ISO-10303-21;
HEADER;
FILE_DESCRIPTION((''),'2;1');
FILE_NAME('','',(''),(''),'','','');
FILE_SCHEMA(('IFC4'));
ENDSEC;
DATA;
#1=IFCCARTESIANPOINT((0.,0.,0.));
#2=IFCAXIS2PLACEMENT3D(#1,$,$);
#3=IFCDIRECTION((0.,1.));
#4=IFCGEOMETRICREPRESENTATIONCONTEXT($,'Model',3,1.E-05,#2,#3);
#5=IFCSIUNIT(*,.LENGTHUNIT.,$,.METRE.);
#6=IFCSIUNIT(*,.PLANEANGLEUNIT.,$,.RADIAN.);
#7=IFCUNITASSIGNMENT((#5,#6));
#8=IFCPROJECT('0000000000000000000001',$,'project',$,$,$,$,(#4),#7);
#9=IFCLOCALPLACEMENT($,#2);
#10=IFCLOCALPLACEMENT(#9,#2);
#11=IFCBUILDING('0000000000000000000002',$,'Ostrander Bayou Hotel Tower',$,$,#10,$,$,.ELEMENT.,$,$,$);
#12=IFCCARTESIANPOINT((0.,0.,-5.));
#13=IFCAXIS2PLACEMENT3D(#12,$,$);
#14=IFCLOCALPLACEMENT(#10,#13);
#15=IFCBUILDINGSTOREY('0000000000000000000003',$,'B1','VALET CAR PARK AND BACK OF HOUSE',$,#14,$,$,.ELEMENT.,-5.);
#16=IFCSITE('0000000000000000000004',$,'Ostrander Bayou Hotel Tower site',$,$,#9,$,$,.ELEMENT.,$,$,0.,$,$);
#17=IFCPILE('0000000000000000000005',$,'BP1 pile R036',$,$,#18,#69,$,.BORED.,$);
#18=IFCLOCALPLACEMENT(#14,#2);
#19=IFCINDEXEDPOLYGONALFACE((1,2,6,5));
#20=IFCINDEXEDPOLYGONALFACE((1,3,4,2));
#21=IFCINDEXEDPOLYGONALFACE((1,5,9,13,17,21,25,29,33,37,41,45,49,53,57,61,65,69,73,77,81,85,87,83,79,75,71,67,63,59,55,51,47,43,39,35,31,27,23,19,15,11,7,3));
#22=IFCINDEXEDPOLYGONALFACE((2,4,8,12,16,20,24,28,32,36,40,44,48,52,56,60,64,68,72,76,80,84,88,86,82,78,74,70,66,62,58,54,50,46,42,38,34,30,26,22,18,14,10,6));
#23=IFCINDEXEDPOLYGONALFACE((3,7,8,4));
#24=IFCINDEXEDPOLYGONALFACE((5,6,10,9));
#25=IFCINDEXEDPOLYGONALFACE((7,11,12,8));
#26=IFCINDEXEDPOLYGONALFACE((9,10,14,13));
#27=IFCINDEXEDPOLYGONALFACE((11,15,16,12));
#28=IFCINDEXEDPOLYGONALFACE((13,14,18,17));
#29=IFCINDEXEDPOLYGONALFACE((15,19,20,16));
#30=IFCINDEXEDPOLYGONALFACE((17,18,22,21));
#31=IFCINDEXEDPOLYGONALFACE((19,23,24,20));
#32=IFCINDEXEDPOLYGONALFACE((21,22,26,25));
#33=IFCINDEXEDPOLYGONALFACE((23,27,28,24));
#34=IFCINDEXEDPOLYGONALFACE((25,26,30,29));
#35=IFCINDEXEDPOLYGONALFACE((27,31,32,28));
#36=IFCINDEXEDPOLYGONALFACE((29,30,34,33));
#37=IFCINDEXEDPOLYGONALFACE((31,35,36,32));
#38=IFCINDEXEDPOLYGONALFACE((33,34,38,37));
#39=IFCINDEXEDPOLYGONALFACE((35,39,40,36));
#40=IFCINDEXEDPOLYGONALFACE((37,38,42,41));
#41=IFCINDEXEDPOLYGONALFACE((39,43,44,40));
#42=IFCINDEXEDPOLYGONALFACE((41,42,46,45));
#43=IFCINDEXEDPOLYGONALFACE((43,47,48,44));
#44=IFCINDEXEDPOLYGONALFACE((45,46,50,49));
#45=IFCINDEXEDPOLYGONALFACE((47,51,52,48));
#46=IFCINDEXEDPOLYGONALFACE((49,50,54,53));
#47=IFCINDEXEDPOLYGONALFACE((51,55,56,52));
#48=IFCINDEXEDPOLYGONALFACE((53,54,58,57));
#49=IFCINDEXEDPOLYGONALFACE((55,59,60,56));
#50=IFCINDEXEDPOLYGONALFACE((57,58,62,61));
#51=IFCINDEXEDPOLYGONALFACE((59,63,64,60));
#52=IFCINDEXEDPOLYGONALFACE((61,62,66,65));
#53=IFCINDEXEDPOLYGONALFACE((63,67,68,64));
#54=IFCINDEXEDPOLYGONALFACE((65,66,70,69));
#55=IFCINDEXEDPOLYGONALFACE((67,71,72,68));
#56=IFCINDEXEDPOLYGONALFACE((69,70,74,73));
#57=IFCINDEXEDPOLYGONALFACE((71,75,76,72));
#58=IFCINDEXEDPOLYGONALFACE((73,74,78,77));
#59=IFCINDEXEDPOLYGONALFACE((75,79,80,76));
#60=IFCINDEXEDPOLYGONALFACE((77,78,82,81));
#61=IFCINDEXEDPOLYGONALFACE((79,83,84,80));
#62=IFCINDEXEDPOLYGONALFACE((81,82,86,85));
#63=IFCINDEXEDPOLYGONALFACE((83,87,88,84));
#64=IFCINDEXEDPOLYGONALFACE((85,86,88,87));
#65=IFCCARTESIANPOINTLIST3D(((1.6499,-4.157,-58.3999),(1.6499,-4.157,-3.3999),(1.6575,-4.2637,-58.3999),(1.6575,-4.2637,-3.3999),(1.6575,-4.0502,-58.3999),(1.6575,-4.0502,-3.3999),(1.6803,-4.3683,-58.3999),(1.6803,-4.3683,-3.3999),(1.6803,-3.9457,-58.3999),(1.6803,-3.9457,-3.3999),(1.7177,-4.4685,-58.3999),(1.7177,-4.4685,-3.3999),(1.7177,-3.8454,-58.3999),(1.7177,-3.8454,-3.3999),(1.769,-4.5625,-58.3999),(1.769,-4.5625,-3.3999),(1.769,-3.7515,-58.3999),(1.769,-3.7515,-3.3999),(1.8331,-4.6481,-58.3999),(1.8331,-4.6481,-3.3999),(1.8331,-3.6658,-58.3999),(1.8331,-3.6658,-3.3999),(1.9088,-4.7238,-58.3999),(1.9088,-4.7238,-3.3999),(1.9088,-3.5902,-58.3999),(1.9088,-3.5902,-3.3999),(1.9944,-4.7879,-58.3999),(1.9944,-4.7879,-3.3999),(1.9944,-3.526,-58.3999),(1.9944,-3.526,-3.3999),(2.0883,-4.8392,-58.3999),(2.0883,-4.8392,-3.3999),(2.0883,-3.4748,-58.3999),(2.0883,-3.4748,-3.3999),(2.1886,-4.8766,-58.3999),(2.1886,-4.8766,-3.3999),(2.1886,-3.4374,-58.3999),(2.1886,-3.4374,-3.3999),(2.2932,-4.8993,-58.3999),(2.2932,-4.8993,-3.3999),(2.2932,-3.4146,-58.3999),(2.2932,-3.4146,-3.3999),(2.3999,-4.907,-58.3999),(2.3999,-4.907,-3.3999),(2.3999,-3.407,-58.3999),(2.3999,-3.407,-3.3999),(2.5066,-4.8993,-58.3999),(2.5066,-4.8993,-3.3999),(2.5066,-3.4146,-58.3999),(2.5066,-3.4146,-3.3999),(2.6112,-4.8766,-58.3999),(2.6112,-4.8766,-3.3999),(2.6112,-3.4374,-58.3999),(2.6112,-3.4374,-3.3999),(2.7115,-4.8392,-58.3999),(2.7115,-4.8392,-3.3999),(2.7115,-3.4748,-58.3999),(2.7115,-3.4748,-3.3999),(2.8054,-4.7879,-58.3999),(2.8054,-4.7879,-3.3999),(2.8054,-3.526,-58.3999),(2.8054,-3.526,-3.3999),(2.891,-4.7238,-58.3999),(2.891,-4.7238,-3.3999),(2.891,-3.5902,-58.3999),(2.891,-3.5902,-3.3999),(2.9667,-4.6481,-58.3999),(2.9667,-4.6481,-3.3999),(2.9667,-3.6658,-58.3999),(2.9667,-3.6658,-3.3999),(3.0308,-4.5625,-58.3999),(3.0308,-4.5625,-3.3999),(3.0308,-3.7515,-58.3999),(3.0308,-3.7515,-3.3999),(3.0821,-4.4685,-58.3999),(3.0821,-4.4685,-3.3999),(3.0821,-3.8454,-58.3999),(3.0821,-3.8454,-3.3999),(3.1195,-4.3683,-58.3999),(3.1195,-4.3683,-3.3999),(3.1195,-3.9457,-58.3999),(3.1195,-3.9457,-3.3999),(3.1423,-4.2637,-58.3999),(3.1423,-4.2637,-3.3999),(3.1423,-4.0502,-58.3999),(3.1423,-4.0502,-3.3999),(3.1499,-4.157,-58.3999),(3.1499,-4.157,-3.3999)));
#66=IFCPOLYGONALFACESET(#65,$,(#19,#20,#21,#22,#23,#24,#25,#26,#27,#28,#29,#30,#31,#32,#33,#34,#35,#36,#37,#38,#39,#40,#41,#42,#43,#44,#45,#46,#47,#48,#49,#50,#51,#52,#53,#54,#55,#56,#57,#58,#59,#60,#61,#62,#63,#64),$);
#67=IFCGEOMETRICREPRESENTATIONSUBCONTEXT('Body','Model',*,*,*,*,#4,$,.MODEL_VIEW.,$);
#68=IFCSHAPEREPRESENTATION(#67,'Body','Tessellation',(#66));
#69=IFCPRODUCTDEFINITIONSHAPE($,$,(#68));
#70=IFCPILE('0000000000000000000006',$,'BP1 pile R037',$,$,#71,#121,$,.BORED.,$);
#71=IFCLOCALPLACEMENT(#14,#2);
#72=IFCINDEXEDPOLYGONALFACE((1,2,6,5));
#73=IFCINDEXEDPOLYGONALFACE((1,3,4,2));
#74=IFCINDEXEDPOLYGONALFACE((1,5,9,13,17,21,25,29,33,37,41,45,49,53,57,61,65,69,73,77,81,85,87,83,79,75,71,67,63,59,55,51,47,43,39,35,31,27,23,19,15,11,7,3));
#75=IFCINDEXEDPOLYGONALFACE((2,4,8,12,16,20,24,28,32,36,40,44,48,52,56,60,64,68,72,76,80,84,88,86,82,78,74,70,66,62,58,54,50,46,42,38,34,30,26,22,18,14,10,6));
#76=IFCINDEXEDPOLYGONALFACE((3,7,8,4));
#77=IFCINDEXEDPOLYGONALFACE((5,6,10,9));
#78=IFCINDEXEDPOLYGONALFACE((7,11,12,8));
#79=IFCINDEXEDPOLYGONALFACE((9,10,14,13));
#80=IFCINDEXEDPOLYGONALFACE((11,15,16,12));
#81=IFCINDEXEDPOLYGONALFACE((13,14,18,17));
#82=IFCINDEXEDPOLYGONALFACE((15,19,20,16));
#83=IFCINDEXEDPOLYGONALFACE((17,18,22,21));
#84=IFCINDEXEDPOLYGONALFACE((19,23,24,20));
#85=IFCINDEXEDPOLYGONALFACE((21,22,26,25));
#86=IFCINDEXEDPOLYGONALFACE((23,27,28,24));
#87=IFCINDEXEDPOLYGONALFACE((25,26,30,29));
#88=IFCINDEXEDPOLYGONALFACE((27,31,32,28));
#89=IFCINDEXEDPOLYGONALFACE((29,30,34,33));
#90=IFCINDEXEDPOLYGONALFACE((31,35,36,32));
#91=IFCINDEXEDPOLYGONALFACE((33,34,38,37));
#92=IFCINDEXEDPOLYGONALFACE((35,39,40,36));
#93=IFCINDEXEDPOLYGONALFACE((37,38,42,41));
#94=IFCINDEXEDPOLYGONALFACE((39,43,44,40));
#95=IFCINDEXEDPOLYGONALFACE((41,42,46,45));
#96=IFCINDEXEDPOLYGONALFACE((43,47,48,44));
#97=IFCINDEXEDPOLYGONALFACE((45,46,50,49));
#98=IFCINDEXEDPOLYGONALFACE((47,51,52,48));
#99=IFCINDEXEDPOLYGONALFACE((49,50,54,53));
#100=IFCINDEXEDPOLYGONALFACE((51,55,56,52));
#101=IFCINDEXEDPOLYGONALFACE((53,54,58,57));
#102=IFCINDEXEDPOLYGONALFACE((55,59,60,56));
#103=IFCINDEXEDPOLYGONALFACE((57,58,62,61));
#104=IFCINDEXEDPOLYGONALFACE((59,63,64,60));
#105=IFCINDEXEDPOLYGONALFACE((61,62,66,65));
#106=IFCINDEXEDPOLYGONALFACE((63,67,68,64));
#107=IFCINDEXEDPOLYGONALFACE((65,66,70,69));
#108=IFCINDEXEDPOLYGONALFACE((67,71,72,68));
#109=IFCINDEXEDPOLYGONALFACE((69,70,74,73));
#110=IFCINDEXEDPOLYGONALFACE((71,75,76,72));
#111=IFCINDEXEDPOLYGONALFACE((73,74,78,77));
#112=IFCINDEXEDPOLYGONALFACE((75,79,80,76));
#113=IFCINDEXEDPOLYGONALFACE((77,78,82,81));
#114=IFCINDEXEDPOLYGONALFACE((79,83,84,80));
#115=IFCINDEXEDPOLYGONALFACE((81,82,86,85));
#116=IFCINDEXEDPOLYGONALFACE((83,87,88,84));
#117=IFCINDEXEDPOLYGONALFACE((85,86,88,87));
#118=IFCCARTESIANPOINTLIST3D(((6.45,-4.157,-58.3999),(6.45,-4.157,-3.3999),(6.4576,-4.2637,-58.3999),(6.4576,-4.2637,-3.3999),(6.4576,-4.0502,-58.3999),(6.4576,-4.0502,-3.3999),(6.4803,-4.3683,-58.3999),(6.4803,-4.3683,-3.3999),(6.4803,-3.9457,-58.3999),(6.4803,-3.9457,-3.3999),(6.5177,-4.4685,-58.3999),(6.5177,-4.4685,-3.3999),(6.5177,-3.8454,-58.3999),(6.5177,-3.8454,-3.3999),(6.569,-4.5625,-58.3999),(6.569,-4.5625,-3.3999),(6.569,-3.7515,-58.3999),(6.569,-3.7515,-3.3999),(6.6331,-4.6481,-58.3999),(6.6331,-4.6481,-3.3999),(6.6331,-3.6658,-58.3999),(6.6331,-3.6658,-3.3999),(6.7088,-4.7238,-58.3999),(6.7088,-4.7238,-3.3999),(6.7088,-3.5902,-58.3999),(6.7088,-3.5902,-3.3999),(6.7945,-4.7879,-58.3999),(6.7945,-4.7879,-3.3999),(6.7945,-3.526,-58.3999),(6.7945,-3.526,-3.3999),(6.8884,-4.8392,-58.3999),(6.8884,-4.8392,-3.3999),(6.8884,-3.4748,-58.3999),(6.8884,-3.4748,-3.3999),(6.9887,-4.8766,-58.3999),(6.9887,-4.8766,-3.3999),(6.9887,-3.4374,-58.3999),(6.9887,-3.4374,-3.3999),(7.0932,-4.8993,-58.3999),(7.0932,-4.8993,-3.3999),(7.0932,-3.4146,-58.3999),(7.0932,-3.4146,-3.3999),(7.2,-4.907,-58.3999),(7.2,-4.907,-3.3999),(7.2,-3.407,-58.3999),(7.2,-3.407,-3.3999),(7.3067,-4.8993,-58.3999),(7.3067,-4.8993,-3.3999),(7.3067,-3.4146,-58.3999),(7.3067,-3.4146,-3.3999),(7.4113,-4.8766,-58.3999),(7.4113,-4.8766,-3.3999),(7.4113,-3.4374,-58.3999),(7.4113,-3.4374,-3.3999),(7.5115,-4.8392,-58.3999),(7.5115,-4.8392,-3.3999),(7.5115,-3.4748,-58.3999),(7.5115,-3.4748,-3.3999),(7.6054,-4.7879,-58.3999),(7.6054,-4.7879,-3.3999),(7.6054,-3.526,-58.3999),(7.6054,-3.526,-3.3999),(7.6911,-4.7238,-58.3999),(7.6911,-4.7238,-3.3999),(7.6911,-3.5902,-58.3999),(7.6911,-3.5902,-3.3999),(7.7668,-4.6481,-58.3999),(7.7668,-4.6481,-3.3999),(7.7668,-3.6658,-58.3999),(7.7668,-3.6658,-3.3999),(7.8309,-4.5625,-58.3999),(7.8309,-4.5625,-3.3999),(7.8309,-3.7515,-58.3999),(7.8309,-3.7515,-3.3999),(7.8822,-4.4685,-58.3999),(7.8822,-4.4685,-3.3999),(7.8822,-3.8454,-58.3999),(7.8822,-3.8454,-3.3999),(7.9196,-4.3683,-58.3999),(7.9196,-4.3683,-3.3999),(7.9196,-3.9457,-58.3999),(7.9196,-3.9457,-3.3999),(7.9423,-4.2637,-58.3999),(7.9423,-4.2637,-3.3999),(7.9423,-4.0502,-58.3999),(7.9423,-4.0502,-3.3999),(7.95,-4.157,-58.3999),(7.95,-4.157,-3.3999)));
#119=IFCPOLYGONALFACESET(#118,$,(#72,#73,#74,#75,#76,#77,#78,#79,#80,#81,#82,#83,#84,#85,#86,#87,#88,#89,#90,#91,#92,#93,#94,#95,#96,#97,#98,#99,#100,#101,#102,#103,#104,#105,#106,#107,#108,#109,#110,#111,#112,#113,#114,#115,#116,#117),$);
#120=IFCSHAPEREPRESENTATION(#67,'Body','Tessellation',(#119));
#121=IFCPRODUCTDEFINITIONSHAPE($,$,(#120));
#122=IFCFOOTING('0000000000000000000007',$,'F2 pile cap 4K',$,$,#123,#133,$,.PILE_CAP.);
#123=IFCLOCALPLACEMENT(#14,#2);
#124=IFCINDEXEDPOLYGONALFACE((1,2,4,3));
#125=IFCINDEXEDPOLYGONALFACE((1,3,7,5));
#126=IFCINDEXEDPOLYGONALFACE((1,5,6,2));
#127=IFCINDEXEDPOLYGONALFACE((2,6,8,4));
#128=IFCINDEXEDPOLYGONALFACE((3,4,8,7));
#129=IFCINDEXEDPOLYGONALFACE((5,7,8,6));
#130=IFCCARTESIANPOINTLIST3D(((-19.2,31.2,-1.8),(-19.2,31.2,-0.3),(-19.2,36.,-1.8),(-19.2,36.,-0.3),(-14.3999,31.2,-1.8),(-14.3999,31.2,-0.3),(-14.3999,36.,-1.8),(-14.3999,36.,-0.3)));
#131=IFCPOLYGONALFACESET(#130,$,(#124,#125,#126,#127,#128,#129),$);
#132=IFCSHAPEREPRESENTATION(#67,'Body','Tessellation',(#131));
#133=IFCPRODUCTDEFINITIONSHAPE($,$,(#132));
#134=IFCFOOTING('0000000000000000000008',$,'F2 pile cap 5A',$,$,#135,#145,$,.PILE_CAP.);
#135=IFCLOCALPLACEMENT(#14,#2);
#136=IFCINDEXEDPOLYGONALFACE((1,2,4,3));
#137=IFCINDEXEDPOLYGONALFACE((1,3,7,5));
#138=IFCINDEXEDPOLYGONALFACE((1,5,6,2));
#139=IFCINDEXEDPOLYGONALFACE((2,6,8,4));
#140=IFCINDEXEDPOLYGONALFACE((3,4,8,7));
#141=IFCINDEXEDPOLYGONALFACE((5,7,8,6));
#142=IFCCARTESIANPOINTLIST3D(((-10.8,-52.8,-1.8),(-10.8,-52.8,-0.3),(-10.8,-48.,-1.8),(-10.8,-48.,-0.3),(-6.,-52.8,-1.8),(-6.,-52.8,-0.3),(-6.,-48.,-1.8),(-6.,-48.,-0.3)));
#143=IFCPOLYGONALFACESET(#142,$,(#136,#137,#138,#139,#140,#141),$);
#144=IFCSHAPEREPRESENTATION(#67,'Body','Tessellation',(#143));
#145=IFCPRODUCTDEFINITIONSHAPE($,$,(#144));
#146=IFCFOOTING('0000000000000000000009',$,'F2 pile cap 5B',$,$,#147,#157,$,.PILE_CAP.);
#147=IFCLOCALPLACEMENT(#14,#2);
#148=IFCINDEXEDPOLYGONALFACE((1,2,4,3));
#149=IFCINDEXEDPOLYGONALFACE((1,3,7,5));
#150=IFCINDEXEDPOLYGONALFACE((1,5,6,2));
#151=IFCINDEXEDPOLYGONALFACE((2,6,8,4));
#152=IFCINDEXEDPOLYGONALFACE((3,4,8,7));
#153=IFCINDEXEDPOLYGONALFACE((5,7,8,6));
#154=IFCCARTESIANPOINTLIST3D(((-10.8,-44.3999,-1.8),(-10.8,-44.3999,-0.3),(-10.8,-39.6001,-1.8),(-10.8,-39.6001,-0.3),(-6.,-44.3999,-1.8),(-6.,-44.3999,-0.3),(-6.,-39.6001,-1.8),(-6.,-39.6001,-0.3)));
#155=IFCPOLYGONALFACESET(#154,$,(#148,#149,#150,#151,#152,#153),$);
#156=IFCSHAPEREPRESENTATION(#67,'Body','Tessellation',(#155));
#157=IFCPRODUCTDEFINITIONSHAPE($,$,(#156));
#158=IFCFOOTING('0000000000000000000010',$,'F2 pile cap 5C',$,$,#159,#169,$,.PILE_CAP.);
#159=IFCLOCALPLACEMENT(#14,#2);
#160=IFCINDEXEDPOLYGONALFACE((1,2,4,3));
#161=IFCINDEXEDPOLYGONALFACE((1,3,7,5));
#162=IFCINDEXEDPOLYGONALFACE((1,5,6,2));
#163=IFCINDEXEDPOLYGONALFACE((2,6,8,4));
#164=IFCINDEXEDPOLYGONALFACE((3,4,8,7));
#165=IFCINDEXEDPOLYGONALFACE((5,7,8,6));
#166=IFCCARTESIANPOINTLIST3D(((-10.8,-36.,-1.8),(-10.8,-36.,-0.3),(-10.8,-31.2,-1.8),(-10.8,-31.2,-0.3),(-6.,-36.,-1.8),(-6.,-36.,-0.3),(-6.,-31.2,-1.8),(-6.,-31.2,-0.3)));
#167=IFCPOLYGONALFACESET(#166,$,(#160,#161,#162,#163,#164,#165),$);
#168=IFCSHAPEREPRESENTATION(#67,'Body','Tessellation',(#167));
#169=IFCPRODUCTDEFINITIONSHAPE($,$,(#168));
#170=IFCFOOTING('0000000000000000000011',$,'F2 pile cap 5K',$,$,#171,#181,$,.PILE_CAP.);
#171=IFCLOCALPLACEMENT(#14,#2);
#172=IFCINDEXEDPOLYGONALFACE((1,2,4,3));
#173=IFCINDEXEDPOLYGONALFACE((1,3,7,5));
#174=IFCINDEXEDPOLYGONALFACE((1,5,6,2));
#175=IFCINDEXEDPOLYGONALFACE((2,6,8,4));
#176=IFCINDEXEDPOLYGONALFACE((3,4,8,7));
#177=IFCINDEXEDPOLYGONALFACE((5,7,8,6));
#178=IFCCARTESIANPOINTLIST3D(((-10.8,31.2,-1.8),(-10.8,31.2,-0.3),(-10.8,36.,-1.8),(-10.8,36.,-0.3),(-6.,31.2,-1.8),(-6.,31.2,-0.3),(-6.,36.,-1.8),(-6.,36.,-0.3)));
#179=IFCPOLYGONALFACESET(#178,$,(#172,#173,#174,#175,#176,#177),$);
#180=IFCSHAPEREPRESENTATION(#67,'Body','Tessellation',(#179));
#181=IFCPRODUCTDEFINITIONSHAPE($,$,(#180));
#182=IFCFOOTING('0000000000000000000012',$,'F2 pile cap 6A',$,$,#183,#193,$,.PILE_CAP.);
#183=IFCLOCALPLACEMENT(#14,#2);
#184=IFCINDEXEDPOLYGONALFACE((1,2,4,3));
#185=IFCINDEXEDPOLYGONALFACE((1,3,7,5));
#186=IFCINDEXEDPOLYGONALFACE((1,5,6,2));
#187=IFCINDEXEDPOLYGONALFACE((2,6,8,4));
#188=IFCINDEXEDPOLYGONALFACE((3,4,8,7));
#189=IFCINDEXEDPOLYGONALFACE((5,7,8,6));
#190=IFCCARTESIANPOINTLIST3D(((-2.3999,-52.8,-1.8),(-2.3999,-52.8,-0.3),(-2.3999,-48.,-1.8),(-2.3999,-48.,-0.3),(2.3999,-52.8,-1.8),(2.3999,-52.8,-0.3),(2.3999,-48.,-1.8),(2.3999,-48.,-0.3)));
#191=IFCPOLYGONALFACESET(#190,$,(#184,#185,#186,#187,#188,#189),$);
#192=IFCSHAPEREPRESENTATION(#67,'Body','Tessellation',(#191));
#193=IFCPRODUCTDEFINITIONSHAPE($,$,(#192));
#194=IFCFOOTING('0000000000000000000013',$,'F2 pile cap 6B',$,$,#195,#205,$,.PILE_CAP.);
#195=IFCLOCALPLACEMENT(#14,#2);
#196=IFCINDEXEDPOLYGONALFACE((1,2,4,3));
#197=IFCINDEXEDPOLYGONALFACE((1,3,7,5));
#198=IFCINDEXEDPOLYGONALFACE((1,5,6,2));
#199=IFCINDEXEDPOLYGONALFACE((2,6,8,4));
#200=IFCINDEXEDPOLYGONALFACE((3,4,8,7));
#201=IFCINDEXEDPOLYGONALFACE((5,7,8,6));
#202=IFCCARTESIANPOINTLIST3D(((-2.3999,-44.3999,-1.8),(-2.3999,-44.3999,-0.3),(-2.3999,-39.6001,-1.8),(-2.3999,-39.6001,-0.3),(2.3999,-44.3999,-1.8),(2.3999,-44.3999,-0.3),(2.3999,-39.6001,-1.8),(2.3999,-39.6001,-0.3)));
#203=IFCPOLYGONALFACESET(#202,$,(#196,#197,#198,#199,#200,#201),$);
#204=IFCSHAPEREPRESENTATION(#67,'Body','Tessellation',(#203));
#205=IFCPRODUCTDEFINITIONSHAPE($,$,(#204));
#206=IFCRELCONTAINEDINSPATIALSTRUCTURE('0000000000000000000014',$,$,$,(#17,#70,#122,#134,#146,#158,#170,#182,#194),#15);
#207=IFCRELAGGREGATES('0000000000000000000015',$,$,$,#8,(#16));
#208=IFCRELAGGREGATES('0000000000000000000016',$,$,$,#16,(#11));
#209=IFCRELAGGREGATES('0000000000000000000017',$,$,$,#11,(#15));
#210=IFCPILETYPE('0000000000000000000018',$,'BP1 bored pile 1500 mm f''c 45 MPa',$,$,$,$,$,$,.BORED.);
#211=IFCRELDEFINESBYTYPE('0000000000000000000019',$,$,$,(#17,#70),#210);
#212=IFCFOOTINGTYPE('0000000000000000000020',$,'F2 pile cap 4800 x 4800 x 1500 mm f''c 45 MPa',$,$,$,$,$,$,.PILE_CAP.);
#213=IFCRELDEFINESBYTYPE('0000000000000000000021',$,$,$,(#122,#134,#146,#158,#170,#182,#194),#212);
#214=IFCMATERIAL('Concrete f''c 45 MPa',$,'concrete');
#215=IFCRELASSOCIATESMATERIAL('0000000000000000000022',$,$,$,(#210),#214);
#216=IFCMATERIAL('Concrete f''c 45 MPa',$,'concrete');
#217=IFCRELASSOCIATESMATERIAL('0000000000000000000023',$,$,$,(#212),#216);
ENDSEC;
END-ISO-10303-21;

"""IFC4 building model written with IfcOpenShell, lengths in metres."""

from ifc_helpers import new_model, si_unit, direction, frame, origin, origin_2d, place, context, subcontext, project, spatial, polyline, circle, outline, extrude, material, material_profile, profile_set, type_object, element, save


model = new_model("IFC4")

# Units and contexts
model_context = context("Model", 3, precision=1e-05, world=origin(), true_north=direction((0.0, 1.0)))
body_context = subcontext(model_context, "Body", "Model", "MODEL_VIEW")
ifc_project = project(units=[si_unit("LENGTHUNIT", "METRE"), si_unit("PLANEANGLEUNIT", "RADIAN")], contexts=[model_context])

# Site, building, storey
site_placement = place(None, origin())
site = spatial("IfcSite", under=ifc_project, at=site_placement, Name="Ostrander Bayou Hotel Tower site", CompositionType="ELEMENT", RefElevation=0.0)
building_placement = place(site_placement, origin())
building = spatial("IfcBuilding", under=site, at=building_placement, Name="Ostrander Bayou Hotel Tower", CompositionType="ELEMENT")
storey_placement = place(building_placement, frame((0.0, 0.0, -5.0)))
storey = spatial("IfcBuildingStorey", under=building, at=storey_placement, Name="B1", Description="VALET CAR PARK AND BACK OF HOUSE", CompositionType="ELEMENT", Elevation=-5.0)

# Piles
ifc_material_1 = material(Name="Concrete f'c 45 MPa", Category="concrete")
ifc_material_profile = material_profile(ifc_material_1, circle(Radius=0.75, at=origin_2d()))
ifc_profile_set = profile_set([ifc_material_profile], Name="Concrete f'c 45 MPa")
pile_type = type_object("IfcPileType", Name="BP1 bored pile 1500 mm f'c 45 MPa", PredefinedType="BORED", material=ifc_profile_set)
for number, where, z_axis, x_axis, name in (
    (1, (2.3999, -4.157, -3.3999), (0.0, 0.0, -1.0), (1.0, 0.0, 0.0), "BP1 pile R036"),
    (2, (7.2, -4.157, -3.3999), (0.0, 0.0, -1.0), (1.0, 0.0, 0.0), "BP1 pile R037"),
):
    element("IfcPile", number, at=place(storey_placement, frame(where, z_axis=z_axis, x_axis=x_axis)), inside=storey, type_object=pile_type, Name=name, PredefinedType="BORED", context=body_context, shape_type="SweptSolid", body=[
        extrude(circle(Radius=0.75, at=origin_2d()), origin(), (0.0, 0.0, 1.0), 55.0),
    ])

# Footings
ifc_material_2 = material(Name="Concrete f'c 45 MPa", Category="concrete")
footing_type = type_object("IfcFootingType", Name="F2 pile cap 4800 x 4800 x 1500 mm f'c 45 MPa", PredefinedType="PILE_CAP", material=ifc_material_2)
footing_1_placement = place(storey_placement, frame((0.0, 0.0, -1.8)))
element("IfcFooting", 3, at=footing_1_placement, inside=storey, type_object=footing_type, Name="F2 pile cap 4K", PredefinedType="PILE_CAP", context=body_context, shape_type="SweptSolid", body=[
    extrude(outline(polyline([(-14.3999, 31.2), (-14.3999, 36.0), (-19.2, 36.0), (-19.2, 31.2), (-14.3999, 31.2)])), origin(), (0.0, 0.0, 1.0), 1.5),
])
footing_2_placement = place(storey_placement, frame((0.0, 0.0, -1.8)))
element("IfcFooting", 4, at=footing_2_placement, inside=storey, type_object=footing_type, Name="F2 pile cap 5A", PredefinedType="PILE_CAP", context=body_context, shape_type="SweptSolid", body=[
    extrude(outline(polyline([(-6.0, -52.8), (-6.0, -48.0), (-10.8, -48.0), (-10.8, -52.8), (-6.0, -52.8)])), origin(), (0.0, 0.0, 1.0), 1.5),
])
footing_3_placement = place(storey_placement, frame((0.0, 0.0, -1.8)))
element("IfcFooting", 5, at=footing_3_placement, inside=storey, type_object=footing_type, Name="F2 pile cap 5B", PredefinedType="PILE_CAP", context=body_context, shape_type="SweptSolid", body=[
    extrude(outline(polyline([(-6.0, -44.3999), (-6.0, -39.6001), (-10.8, -39.6001), (-10.8, -44.3999), (-6.0, -44.3999)])), origin(), (0.0, 0.0, 1.0), 1.5),
])
footing_4_placement = place(storey_placement, frame((0.0, 0.0, -1.8)))
element("IfcFooting", 6, at=footing_4_placement, inside=storey, type_object=footing_type, Name="F2 pile cap 5C", PredefinedType="PILE_CAP", context=body_context, shape_type="SweptSolid", body=[
    extrude(outline(polyline([(-6.0, -36.0), (-6.0, -31.2), (-10.8, -31.2), (-10.8, -36.0), (-6.0, -36.0)])), origin(), (0.0, 0.0, 1.0), 1.5),
])
footing_5_placement = place(storey_placement, frame((0.0, 0.0, -1.8)))
element("IfcFooting", 7, at=footing_5_placement, inside=storey, type_object=footing_type, Name="F2 pile cap 5K", PredefinedType="PILE_CAP", context=body_context, shape_type="SweptSolid", body=[
    extrude(outline(polyline([(-6.0, 31.2), (-6.0, 36.0), (-10.8, 36.0), (-10.8, 31.2), (-6.0, 31.2)])), origin(), (0.0, 0.0, 1.0), 1.5),
])
footing_6_placement = place(storey_placement, frame((0.0, 0.0, -1.8)))
element("IfcFooting", 8, at=footing_6_placement, inside=storey, type_object=footing_type, Name="F2 pile cap 6A", PredefinedType="PILE_CAP", context=body_context, shape_type="SweptSolid", body=[
    extrude(outline(polyline([(2.3999, -52.8), (2.3999, -48.0), (-2.3999, -48.0), (-2.3999, -52.8), (2.3999, -52.8)])), origin(), (0.0, 0.0, 1.0), 1.5),
])
footing_7_placement = place(storey_placement, frame((0.0, 0.0, -1.8)))
element("IfcFooting", 9, at=footing_7_placement, inside=storey, type_object=footing_type, Name="F2 pile cap 6B", PredefinedType="PILE_CAP", context=body_context, shape_type="SweptSolid", body=[
    extrude(outline(polyline([(2.3999, -44.3999), (2.3999, -39.6001), (-2.3999, -39.6001), (-2.3999, -44.3999), (2.3999, -44.3999)])), origin(), (0.0, 0.0, 1.0), 1.5),
])

save(model, "model.ifc")
